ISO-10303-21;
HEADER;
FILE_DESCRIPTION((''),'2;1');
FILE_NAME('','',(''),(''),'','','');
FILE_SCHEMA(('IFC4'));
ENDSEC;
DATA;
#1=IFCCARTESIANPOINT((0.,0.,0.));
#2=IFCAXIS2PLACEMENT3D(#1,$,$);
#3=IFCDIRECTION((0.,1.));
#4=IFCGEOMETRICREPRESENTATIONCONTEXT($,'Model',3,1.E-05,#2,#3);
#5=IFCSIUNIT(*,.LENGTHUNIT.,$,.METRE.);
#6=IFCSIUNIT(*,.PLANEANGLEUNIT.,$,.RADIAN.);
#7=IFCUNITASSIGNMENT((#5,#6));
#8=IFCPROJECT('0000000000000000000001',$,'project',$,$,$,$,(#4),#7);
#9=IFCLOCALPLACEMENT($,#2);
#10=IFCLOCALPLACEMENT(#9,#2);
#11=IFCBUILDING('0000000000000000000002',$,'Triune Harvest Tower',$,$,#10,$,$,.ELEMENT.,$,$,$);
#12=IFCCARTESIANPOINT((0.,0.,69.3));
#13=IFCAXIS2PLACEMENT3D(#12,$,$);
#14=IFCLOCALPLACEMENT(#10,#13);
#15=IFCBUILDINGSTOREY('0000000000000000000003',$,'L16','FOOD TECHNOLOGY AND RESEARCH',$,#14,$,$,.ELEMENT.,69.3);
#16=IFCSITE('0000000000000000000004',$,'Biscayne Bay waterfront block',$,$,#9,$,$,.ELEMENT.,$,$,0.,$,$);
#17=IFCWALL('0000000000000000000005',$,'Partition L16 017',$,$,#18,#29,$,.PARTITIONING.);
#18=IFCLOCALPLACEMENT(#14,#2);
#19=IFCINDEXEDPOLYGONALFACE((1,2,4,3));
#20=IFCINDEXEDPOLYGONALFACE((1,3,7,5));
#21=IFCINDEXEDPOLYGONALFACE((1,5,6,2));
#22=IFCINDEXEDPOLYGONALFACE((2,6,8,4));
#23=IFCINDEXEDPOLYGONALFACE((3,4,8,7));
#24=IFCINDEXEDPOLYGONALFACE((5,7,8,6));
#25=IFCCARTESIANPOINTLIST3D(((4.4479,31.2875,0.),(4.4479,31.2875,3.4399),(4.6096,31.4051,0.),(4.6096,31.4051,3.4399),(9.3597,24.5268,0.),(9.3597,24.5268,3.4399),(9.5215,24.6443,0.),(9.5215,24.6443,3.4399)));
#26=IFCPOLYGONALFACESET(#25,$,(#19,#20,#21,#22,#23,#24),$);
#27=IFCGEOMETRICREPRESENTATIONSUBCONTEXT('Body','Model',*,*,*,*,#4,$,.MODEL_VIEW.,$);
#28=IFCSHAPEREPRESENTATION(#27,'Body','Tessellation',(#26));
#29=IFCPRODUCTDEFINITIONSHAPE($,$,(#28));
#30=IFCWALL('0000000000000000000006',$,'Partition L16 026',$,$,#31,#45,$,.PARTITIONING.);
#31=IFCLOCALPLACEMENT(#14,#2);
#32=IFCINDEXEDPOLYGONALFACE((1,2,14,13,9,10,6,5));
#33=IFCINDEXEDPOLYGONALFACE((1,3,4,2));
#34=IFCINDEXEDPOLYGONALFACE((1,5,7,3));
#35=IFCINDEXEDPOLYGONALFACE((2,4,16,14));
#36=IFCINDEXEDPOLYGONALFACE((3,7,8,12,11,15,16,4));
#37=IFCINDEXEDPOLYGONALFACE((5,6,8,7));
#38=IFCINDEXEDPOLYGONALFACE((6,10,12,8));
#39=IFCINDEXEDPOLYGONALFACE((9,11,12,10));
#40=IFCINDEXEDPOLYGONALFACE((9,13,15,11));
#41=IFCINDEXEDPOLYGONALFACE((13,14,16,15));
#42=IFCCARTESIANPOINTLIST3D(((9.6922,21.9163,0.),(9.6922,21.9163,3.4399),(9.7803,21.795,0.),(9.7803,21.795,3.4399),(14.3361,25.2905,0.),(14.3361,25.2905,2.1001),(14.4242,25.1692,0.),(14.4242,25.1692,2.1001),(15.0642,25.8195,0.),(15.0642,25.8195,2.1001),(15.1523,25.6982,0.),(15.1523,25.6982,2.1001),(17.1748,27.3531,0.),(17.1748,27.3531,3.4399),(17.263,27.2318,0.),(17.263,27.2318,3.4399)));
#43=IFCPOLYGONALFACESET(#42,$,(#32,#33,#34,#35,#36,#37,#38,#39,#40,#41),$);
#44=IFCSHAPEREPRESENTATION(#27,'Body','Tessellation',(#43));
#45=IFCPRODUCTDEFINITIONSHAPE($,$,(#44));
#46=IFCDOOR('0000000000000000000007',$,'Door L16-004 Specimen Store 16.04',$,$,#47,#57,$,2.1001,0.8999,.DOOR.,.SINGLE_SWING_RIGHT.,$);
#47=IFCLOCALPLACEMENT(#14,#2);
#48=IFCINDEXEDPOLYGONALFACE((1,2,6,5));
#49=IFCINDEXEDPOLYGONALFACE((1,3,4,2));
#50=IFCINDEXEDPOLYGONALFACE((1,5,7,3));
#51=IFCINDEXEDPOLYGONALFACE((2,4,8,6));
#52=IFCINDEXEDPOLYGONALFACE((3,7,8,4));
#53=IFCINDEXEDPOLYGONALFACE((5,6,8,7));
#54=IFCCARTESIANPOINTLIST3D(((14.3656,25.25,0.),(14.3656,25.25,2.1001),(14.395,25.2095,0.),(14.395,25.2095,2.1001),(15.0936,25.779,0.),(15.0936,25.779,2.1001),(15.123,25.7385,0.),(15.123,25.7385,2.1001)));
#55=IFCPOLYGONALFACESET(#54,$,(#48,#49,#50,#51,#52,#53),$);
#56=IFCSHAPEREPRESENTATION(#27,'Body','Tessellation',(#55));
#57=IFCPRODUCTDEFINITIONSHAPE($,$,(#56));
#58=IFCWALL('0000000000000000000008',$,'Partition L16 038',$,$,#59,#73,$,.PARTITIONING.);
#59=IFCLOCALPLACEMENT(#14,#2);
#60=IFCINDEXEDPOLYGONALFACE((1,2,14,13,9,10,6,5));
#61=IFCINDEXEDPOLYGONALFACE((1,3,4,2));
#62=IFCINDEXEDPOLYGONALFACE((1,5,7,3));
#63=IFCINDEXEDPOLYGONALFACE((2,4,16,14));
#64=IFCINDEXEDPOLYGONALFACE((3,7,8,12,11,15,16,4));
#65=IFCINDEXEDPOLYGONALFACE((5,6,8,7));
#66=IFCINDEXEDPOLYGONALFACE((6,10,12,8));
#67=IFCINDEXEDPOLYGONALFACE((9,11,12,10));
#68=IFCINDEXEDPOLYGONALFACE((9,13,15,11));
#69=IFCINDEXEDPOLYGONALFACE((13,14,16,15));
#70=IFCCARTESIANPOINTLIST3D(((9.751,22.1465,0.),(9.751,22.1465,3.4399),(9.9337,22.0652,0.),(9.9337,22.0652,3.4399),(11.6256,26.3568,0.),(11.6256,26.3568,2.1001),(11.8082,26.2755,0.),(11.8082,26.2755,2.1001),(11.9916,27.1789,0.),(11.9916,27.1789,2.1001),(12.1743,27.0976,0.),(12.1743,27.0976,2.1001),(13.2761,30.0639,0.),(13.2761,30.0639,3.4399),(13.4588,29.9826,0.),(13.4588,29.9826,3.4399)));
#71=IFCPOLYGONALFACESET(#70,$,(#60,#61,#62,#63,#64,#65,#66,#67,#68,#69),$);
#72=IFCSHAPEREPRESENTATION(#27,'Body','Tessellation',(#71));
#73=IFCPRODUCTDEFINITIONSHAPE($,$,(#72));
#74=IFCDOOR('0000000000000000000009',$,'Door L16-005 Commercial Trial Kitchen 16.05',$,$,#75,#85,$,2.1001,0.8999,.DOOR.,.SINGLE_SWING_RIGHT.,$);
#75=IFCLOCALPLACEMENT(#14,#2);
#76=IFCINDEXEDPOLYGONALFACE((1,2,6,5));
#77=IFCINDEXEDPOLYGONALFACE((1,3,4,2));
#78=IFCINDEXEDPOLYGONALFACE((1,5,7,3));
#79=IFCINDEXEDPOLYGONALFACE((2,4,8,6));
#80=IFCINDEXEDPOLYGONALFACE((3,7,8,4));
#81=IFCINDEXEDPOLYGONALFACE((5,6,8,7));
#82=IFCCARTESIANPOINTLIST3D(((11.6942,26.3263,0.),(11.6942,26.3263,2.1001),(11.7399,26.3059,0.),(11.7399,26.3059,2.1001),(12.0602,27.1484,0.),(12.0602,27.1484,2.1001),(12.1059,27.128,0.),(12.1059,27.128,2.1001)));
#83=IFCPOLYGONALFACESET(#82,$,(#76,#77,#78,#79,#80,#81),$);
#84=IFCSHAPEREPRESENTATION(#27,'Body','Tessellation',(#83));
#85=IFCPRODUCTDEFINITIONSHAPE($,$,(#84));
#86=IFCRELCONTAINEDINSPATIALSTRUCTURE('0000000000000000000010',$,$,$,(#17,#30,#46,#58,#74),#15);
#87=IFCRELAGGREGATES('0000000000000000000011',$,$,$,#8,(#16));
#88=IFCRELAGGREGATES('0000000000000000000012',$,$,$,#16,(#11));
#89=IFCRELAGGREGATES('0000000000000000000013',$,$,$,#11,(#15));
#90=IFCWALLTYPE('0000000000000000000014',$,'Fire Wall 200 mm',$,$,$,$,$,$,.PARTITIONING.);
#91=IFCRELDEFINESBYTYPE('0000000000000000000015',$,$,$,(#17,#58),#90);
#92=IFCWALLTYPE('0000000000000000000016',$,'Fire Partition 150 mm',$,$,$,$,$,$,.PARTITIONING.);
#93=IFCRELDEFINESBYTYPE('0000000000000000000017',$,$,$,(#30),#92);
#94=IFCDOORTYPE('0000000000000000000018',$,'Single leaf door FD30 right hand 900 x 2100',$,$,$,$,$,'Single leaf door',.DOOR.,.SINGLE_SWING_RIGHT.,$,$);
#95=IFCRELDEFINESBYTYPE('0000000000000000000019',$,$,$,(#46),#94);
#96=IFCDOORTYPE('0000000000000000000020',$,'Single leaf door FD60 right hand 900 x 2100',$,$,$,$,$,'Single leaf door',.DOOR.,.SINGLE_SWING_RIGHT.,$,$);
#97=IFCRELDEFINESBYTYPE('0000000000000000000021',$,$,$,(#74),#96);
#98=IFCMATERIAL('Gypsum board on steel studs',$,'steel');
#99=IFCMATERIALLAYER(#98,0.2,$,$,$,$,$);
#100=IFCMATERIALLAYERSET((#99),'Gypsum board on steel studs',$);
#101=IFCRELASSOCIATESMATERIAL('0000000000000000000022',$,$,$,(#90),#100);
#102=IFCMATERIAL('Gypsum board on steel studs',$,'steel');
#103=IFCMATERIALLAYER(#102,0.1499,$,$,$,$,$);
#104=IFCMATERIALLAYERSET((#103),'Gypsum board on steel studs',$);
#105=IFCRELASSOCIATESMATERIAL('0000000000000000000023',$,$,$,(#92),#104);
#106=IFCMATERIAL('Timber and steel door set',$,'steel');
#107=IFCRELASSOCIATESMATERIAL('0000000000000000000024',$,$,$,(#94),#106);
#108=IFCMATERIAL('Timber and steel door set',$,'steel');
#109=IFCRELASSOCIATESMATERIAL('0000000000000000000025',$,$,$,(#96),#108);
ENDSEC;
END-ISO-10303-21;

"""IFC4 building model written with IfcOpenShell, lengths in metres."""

from ifc_helpers import new_model, si_unit, direction, frame, frame_2d, origin, place, context, subcontext, project, spatial, rectangle, extrude, source, transform, mapped, material, layer, layer_set, type_object, element, fill, save


model = new_model("IFC4")

# Units and contexts
model_context = context("Model", 3, precision=1e-05, world=origin(), true_north=direction((0.0, 1.0)))
body_context = subcontext(model_context, "Body", "Model", "MODEL_VIEW")
ifc_project = project(units=[si_unit("LENGTHUNIT", "METRE"), si_unit("PLANEANGLEUNIT", "RADIAN")], contexts=[model_context])

# Site, building, storey
site_placement = place(None, origin())
site = spatial("IfcSite", under=ifc_project, at=site_placement, Name="Biscayne Bay waterfront block", CompositionType="ELEMENT", RefElevation=0.0)
building_placement = place(site_placement, origin())
building = spatial("IfcBuilding", under=site, at=building_placement, Name="Triune Harvest Tower", CompositionType="ELEMENT")
storey_placement = place(building_placement, frame((0.0, 0.0, 69.3)))
storey = spatial("IfcBuildingStorey", under=building, at=storey_placement, Name="L16", Description="FOOD TECHNOLOGY AND RESEARCH", CompositionType="ELEMENT", Elevation=69.3)

# Wall
ifc_material_1 = material(Name="Gypsum board on steel studs", Category="steel")
ifc_layer_1 = layer(ifc_material_1, 0.2)
ifc_layer_set_1 = layer_set([ifc_layer_1], Name="Gypsum board on steel studs")
wall_type_1 = type_object("IfcWallType", Name="Fire Wall 200 mm", PredefinedType="PARTITIONING", material=ifc_layer_set_1)
wall_1_placement = place(storey_placement, frame((4.5288, 31.3462, 0.0), z_axis=(0.0, 0.0, 1.0), x_axis=(0.587777, -0.809023, 0.0)))
element("IfcWall", 1, at=wall_1_placement, inside=storey, type_object=wall_type_1, Name="Partition L16 017", PredefinedType="PARTITIONING", context=body_context, shape_type="SweptSolid", body=[
    extrude(rectangle(XDim=8.3567, YDim=0.2, at=frame_2d((4.1782, 0.0))), origin(), (0.0, 0.0, 1.0), 3.4399),
])

# Walls, openings, doors
ifc_material_2 = material(Name="Gypsum board on steel studs", Category="steel")
ifc_layer_2 = layer(ifc_material_2, 0.1499)
ifc_layer_set_2 = layer_set([ifc_layer_2], Name="Gypsum board on steel studs")
wall_type_2 = type_object("IfcWallType", Name="Fire Partition 150 mm", PredefinedType="PARTITIONING", material=ifc_layer_set_2)
shared_shape_1 = source(origin(), body_context, "Body", "SweptSolid", [
    extrude(rectangle(XDim=9.2493, YDim=0.1499, at=frame_2d((4.6245, 0.0))), origin(), (0.0, 0.0, 1.0), 3.4399),
])
wall_2_placement = place(storey_placement, frame((9.7363, 21.8557, 0.0), z_axis=(0.0, 0.0, 1.0), x_axis=(0.809002, 0.587806, 0.0)))
wall_2 = element("IfcWall", 2, at=wall_2_placement, inside=storey, type_object=wall_type_2, Name="Partition L16 026", PredefinedType="PARTITIONING", context=body_context, shape_type="MappedRepresentation", body=[
    mapped(shared_shape_1, transform((0.0, 0.0, 0.0), scale=1.0)),
])
opening_1_placement = place(wall_2_placement, frame((5.7402, 0.0, 0.0)))
opening_1 = element("IfcOpeningElement", 3, at=opening_1_placement, cuts=wall_2, PredefinedType="OPENING", context=body_context, shape_type="SweptSolid", body=[
    extrude(rectangle(XDim=0.8999, YDim=2.1001, at=frame_2d((0.45, 1.05))), frame((0.0, 0.085, 0.0), z_axis=(0.0, -1.0, 0.0), x_axis=(1.0, 0.0, 0.0)), (0.0, 0.0, 1.0), 0.1699),
])
ifc_material_3 = material(Name="Timber and steel door set", Category="steel")
door_type_1 = type_object("IfcDoorType", Name="Single leaf door FD30 right hand 900 x 2100", ElementType="Single leaf door", OperationType="SINGLE_SWING_RIGHT", PredefinedType="DOOR", material=ifc_material_3)
door_1_placement = place(opening_1_placement, origin())
door_1 = element("IfcDoor", 4, at=door_1_placement, inside=storey, type_object=door_type_1, Name="Door L16-004 Specimen Store 16.04", OperationType="SINGLE_SWING_RIGHT", OverallHeight=2.1001, OverallWidth=0.8999, PredefinedType="DOOR", context=body_context, shape_type="SweptSolid", body=[
    extrude(rectangle(XDim=0.8999, YDim=2.1001, at=frame_2d((0.45, 1.05))), frame((0.0, 0.0249, 0.0), z_axis=(0.0, -1.0, 0.0), x_axis=(1.0, 0.0, 0.0)), (0.0, 0.0, 1.0), 0.05),
])
fill(opening_1, door_1)
shared_shape_2 = source(origin(), body_context, "Body", "SweptSolid", [
    extrude(rectangle(XDim=8.6667, YDim=0.2, at=frame_2d((4.3335, 0.0))), origin(), (0.0, 0.0, 1.0), 3.4399),
])
wall_3_placement = place(storey_placement, frame((9.8423, 22.1057, 0.0), z_axis=(0.0, 0.0, 1.0), x_axis=(0.406742, 0.913543, 0.0)))
wall_3 = element("IfcWall", 5, at=wall_3_placement, inside=storey, type_object=wall_type_1, Name="Partition L16 038", PredefinedType="PARTITIONING", context=body_context, shape_type="MappedRepresentation", body=[
    mapped(shared_shape_2, transform((0.0, 0.0, 0.0), scale=1.0)),
])
opening_2_placement = place(wall_3_placement, frame((4.6089, 0.0, 0.0)))
opening_2 = element("IfcOpeningElement", 6, at=opening_2_placement, cuts=wall_3, PredefinedType="OPENING", context=body_context, shape_type="SweptSolid", body=[
    extrude(rectangle(XDim=0.8999, YDim=2.1001, at=frame_2d((0.45, 1.05))), frame((0.0, 0.1099, 0.0), z_axis=(0.0, -1.0, 0.0), x_axis=(1.0, 0.0, 0.0)), (0.0, 0.0, 1.0), 0.22),
])
ifc_material_4 = material(Name="Timber and steel door set", Category="steel")
door_type_2 = type_object("IfcDoorType", Name="Single leaf door FD60 right hand 900 x 2100", ElementType="Single leaf door", OperationType="SINGLE_SWING_RIGHT", PredefinedType="DOOR", material=ifc_material_4)
door_2_placement = place(opening_2_placement, origin())
door_2 = element("IfcDoor", 7, at=door_2_placement, inside=storey, type_object=door_type_2, Name="Door L16-005 Commercial Trial Kitchen 16.05", OperationType="SINGLE_SWING_RIGHT", OverallHeight=2.1001, OverallWidth=0.8999, PredefinedType="DOOR", context=body_context, shape_type="SweptSolid", body=[
    extrude(rectangle(XDim=0.8999, YDim=2.1001, at=frame_2d((0.45, 1.05))), frame((0.0, 0.0249, 0.0), z_axis=(0.0, -1.0, 0.0), x_axis=(1.0, 0.0, 0.0)), (0.0, 0.0, 1.0), 0.05),
])
fill(opening_2, door_2)

save(model, "model.ifc")
